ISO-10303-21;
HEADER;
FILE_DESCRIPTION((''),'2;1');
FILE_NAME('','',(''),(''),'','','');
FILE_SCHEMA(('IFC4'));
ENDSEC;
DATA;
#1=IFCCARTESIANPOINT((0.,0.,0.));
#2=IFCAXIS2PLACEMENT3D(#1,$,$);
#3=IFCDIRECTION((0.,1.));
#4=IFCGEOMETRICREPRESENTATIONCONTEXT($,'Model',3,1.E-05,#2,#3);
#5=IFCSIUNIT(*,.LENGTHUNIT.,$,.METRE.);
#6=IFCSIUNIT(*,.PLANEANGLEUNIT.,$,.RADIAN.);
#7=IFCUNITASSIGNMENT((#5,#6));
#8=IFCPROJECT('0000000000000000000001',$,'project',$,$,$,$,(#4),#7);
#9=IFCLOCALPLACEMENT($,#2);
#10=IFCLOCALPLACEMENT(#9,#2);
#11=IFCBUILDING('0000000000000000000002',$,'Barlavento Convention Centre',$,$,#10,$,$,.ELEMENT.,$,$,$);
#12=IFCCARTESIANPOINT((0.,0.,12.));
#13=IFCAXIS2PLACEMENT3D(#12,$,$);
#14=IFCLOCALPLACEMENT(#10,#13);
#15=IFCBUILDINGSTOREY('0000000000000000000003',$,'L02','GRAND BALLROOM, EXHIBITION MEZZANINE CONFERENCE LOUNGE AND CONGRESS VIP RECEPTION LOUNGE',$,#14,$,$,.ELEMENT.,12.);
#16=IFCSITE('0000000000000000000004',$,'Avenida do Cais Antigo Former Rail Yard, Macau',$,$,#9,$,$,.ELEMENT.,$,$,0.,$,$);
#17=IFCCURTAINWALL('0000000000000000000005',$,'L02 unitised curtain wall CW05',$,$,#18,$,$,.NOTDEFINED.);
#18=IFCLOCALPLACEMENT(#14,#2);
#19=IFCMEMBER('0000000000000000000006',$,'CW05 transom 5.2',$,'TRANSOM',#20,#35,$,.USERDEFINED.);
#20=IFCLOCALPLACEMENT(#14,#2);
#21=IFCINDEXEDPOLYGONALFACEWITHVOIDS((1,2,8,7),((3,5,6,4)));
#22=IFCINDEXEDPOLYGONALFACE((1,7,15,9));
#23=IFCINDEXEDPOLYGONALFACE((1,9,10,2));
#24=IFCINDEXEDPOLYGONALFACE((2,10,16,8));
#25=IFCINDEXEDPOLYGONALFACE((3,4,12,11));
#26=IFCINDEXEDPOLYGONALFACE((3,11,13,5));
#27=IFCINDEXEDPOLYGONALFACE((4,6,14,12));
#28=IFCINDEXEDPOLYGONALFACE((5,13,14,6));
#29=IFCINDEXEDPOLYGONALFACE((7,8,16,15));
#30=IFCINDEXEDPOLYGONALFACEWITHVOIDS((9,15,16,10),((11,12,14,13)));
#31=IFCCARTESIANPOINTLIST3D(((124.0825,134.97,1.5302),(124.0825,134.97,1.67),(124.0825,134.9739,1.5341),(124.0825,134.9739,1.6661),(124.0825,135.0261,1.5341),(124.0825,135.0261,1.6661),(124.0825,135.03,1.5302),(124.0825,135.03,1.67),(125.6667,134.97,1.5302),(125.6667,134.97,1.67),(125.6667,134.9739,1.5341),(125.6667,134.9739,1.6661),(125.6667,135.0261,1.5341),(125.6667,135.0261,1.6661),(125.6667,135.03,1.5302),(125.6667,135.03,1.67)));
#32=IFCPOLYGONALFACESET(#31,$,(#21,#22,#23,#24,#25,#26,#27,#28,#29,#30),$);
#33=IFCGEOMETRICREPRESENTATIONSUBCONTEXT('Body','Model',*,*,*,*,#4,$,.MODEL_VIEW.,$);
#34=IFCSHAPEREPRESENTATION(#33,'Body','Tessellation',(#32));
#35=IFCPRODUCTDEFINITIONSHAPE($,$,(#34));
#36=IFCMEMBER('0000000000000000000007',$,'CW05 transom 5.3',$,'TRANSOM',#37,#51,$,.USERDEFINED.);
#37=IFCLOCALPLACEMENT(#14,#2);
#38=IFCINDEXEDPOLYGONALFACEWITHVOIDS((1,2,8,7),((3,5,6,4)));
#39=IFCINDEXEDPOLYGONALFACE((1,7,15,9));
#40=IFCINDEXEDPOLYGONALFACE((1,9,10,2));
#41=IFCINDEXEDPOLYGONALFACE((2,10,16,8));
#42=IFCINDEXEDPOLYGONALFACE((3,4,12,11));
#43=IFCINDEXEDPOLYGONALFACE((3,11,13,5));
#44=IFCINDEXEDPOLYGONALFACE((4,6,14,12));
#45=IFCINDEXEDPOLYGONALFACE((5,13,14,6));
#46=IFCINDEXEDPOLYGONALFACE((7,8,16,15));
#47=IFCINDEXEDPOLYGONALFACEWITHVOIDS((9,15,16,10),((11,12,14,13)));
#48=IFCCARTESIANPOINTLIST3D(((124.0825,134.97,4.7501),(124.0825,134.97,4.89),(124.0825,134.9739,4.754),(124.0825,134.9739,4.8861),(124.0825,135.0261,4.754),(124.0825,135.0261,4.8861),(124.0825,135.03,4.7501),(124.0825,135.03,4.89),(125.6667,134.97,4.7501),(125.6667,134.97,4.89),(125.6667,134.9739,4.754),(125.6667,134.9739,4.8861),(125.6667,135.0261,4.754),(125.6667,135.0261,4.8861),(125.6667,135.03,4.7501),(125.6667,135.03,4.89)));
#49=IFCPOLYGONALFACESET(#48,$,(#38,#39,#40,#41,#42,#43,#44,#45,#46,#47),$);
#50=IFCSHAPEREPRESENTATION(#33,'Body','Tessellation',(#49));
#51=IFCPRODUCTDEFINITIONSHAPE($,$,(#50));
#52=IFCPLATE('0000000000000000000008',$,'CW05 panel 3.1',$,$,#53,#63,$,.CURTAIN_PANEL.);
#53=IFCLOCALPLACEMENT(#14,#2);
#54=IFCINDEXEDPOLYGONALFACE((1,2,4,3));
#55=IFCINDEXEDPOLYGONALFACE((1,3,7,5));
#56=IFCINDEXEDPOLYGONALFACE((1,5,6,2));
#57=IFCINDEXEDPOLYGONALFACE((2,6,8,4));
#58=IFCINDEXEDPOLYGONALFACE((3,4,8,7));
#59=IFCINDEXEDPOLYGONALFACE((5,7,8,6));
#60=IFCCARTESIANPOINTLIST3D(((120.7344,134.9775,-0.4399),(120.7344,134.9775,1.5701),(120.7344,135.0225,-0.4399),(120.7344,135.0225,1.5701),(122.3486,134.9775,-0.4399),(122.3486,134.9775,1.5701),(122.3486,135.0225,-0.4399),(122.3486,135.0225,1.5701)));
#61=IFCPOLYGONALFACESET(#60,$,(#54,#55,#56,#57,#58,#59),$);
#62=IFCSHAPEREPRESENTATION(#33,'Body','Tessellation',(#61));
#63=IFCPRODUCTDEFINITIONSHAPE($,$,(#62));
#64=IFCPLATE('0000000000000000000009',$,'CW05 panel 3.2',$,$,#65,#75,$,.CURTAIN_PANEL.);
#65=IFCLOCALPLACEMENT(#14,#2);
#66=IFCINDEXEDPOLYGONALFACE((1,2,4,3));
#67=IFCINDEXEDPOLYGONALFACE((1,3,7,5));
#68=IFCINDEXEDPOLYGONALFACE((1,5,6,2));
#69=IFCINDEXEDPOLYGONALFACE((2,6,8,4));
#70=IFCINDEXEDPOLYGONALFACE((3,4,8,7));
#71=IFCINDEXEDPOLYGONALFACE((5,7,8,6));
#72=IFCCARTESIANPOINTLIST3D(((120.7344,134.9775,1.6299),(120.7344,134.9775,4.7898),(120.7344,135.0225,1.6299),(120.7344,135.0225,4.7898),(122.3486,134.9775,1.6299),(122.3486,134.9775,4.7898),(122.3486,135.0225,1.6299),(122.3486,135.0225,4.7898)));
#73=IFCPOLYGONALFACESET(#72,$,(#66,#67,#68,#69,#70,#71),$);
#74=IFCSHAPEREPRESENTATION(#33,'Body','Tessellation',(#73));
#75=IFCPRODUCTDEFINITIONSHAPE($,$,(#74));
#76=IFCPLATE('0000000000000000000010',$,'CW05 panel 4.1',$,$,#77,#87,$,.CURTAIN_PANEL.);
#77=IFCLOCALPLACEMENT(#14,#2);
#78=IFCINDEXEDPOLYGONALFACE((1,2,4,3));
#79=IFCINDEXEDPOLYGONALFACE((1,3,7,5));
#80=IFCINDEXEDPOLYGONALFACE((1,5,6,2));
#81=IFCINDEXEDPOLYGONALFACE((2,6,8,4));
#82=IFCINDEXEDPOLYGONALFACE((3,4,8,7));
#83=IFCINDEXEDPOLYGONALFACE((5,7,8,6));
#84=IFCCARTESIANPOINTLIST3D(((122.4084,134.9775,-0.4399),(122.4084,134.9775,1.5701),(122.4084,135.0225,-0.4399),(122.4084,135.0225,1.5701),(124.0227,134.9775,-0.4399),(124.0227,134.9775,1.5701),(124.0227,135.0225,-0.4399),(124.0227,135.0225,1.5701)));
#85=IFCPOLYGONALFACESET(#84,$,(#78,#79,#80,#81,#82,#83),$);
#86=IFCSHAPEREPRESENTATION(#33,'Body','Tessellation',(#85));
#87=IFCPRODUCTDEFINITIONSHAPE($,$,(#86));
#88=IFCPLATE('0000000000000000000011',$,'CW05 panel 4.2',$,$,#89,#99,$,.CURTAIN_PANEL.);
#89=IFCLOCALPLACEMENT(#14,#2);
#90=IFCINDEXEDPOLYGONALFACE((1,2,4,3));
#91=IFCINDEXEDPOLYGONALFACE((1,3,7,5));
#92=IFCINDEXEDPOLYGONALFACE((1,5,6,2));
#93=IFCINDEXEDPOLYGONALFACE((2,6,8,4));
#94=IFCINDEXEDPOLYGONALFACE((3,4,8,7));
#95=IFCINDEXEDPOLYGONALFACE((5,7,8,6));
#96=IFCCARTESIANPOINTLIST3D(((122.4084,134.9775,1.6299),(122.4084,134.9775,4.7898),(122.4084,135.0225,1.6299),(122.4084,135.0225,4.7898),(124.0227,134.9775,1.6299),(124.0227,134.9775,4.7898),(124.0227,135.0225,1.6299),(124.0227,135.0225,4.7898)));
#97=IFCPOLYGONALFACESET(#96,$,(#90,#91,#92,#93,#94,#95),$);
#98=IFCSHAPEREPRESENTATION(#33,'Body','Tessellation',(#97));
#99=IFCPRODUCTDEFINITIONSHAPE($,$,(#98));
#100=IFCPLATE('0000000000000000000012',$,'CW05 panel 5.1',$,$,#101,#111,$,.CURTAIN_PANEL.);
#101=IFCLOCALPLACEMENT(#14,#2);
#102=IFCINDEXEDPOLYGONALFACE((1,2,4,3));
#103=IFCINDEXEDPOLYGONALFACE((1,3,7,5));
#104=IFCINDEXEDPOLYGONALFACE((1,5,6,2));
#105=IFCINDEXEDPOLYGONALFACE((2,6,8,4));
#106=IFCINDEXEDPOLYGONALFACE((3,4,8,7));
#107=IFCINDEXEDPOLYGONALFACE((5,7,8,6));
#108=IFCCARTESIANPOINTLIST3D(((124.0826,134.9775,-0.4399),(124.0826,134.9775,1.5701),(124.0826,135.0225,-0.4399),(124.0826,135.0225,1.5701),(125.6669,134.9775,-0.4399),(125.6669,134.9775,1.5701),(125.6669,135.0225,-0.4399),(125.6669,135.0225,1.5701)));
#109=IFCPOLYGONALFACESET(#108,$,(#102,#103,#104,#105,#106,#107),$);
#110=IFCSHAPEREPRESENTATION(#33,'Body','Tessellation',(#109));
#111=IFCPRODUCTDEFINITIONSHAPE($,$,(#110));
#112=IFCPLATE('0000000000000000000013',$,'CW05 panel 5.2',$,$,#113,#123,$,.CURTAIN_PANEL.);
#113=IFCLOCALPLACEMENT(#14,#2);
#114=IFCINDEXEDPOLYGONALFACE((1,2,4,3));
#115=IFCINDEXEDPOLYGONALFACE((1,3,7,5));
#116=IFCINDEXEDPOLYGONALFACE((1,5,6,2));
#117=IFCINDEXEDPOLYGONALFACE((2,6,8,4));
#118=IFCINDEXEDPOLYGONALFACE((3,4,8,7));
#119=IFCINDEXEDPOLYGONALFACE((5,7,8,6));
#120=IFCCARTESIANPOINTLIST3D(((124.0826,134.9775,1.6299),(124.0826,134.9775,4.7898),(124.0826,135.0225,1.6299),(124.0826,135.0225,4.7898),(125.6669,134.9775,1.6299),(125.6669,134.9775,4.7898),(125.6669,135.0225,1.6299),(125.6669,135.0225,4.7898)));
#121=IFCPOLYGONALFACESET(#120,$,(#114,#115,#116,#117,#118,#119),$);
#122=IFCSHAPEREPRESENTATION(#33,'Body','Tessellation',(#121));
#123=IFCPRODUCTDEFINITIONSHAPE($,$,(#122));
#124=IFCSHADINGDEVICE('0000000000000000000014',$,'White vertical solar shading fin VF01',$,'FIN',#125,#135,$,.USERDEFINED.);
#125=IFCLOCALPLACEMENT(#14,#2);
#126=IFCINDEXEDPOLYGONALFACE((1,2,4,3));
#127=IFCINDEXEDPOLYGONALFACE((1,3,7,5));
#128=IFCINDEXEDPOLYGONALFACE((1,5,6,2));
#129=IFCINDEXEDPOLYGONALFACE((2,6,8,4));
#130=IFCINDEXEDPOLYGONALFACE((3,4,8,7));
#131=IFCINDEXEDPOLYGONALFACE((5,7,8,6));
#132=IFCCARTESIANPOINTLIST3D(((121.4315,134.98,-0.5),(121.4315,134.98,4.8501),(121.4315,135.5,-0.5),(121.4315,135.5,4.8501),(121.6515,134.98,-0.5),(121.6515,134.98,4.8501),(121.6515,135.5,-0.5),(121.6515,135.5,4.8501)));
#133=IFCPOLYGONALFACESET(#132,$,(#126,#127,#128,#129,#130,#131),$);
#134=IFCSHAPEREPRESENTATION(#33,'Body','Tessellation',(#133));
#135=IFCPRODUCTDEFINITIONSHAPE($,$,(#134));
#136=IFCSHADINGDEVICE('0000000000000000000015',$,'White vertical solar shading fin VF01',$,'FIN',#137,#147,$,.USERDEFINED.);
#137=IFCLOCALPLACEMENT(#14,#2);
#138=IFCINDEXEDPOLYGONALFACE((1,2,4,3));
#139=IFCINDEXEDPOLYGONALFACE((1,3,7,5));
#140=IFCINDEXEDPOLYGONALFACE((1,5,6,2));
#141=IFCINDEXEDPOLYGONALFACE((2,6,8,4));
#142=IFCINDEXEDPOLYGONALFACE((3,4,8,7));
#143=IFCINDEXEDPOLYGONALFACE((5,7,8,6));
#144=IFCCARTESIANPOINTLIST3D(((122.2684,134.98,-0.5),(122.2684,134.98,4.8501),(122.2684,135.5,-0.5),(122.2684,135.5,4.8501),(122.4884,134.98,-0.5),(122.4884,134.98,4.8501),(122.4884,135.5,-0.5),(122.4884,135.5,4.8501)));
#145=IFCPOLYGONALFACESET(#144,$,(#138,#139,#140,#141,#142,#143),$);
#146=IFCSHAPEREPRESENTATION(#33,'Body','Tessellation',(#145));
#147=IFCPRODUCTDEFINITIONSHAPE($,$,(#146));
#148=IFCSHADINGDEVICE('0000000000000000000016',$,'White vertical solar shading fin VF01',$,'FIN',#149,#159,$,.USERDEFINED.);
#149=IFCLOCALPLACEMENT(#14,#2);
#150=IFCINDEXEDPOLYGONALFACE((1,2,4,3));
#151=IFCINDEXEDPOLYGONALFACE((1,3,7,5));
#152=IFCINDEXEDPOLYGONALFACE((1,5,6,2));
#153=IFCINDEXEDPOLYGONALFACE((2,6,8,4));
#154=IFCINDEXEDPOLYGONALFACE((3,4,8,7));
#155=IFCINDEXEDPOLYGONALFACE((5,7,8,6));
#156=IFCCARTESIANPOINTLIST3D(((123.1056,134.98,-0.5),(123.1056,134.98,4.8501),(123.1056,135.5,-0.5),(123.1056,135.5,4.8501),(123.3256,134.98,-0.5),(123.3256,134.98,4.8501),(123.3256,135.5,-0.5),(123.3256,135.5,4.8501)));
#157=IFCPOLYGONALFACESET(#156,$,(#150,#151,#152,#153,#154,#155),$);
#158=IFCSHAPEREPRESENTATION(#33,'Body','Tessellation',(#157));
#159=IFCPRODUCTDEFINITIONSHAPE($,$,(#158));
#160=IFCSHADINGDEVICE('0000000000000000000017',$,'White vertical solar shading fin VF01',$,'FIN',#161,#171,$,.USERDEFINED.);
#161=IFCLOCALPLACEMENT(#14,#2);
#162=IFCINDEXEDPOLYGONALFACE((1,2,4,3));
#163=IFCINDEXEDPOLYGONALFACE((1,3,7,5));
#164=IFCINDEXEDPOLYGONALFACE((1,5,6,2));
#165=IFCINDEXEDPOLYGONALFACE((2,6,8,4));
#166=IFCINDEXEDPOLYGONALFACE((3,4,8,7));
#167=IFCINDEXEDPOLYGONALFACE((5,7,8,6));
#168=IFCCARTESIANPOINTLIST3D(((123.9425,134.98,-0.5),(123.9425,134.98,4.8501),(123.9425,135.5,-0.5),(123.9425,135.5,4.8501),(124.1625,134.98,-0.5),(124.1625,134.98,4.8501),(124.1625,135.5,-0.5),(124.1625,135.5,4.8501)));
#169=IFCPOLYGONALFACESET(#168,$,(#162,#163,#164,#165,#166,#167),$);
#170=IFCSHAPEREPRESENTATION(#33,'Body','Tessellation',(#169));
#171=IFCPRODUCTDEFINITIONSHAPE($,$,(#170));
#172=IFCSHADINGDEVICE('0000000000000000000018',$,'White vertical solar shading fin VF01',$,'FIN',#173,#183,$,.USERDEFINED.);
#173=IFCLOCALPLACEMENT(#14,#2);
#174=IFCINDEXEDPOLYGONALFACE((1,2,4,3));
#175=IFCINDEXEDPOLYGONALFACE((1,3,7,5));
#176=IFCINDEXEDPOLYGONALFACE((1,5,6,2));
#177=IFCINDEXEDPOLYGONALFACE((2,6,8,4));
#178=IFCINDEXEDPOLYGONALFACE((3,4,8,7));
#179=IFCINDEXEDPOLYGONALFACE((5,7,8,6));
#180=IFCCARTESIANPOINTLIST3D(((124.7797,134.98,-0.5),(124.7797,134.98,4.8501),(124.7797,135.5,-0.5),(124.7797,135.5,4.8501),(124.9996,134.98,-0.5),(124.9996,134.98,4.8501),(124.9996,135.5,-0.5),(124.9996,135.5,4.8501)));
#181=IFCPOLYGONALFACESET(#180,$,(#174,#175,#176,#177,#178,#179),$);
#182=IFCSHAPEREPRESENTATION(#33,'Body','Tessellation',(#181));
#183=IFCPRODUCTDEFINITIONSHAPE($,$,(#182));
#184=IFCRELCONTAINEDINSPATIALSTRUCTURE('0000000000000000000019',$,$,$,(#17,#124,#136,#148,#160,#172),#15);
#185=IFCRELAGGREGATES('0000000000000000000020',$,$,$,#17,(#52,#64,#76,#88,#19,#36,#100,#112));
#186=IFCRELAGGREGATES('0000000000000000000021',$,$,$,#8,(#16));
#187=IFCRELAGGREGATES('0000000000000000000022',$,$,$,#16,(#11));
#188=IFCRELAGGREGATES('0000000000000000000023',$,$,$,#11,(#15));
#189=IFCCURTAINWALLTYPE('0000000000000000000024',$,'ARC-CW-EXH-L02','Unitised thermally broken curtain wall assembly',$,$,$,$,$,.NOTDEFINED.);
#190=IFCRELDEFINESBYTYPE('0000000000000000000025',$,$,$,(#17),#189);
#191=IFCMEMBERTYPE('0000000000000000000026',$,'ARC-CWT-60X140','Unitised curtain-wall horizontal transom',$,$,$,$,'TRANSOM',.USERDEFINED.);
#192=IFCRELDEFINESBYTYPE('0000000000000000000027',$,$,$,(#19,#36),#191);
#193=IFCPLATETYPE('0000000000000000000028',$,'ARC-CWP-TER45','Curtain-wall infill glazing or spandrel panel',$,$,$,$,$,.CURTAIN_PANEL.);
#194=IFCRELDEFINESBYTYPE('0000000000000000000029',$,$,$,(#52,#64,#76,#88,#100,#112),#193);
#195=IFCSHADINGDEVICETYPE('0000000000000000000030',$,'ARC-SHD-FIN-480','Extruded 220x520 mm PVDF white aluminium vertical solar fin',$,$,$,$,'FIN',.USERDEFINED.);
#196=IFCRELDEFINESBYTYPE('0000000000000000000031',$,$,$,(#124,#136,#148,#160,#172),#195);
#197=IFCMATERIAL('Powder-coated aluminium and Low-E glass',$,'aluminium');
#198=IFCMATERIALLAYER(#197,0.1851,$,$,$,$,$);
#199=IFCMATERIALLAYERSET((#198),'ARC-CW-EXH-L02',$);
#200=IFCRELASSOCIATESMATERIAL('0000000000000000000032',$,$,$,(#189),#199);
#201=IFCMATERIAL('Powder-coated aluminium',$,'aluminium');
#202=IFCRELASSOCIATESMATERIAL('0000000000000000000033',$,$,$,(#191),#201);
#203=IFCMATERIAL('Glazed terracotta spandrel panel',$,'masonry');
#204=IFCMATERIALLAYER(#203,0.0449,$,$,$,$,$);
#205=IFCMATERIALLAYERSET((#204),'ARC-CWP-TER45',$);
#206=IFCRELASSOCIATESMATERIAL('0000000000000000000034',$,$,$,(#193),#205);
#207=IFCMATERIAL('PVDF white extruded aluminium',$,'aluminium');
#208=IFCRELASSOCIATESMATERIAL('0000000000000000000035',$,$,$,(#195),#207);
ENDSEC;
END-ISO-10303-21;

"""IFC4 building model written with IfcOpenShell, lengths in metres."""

from ifc_helpers import new_model, si_unit, direction, frame, origin, origin_2d, place, context, subcontext, project, spatial, rectangle, hollow_rectangle, extrude, material, layer, layer_set, material_profile, profile_set, type_object, element, aggregate, save


model = new_model("IFC4")

# Units and contexts
model_context = context("Model", 3, precision=1e-05, world=origin(), true_north=direction((0.0, 1.0)))
body_context = subcontext(model_context, "Body", "Model", "MODEL_VIEW")
ifc_project = project(units=[si_unit("LENGTHUNIT", "METRE"), si_unit("PLANEANGLEUNIT", "RADIAN")], contexts=[model_context])

# Site, building, storey
site_placement = place(None, origin())
site = spatial("IfcSite", under=ifc_project, at=site_placement, Name="Avenida do Cais Antigo Former Rail Yard, Macau", CompositionType="ELEMENT", RefElevation=0.0)
building_placement = place(site_placement, origin())
building = spatial("IfcBuilding", under=site, at=building_placement, Name="Barlavento Convention Centre", CompositionType="ELEMENT")
storey_placement = place(building_placement, frame((0.0, 0.0, 12.0)))
storey = spatial("IfcBuildingStorey", under=building, at=storey_placement, Name="L02", Description="GRAND BALLROOM, EXHIBITION MEZZANINE CONFERENCE LOUNGE AND CONGRESS VIP RECEPTION LOUNGE", CompositionType="ELEMENT", Elevation=12.0)

# Curtain wall, members, plates
ifc_material_1 = material(Name="Powder-coated aluminium and Low-E glass", Category="aluminium")
ifc_layer_1 = layer(ifc_material_1, 0.1851)
ifc_layer_set_1 = layer_set([ifc_layer_1], Name="ARC-CW-EXH-L02")
curtain_wall_type = type_object("IfcCurtainWallType", Name="ARC-CW-EXH-L02", Description="Unitised thermally broken curtain wall assembly", PredefinedType="NOTDEFINED", material=ifc_layer_set_1)
curtain_wall_placement = place(storey_placement, origin())
curtain_wall = element("IfcCurtainWall", 1, at=curtain_wall_placement, inside=storey, type_object=curtain_wall_type, Name="L02 unitised curtain wall CW05", PredefinedType="NOTDEFINED")
ifc_material_2 = material(Name="Powder-coated aluminium", Category="aluminium")
ifc_material_profile_1 = material_profile(ifc_material_2, hollow_rectangle(XDim=0.0601, YDim=0.1399, WallThickness=0.0039, at=origin_2d()), Name="AL-TRAN 60x140x4")
ifc_profile_set_1 = profile_set([ifc_material_profile_1], Name="Powder-coated aluminium")
member_type_1 = type_object("IfcMemberType", Name="ARC-CWT-60X140", Description="Unitised curtain-wall horizontal transom", ElementType="TRANSOM", PredefinedType="USERDEFINED", material=ifc_profile_set_1)
member_1_placement = place(storey_placement, frame((124.0825, 135.0, 1.6001), z_axis=(1.0, 0.0, 0.0), x_axis=(0.0, 1.0, 0.0)))
member_1 = element("IfcMember", 2, at=member_1_placement, type_object=member_type_1, Name="CW05 transom 5.2", ObjectType="TRANSOM", PredefinedType="USERDEFINED", context=body_context, shape_type="SweptSolid", body=[
    extrude(hollow_rectangle(XDim=0.0601, YDim=0.1399, WallThickness=0.0039, at=origin_2d()), origin(), (0.0, 0.0, 1.0), 1.5842),
])
member_2_placement = place(storey_placement, frame((124.0825, 135.0, 4.8201), z_axis=(1.0, 0.0, 0.0), x_axis=(0.0, 1.0, 0.0)))
member_2 = element("IfcMember", 3, at=member_2_placement, type_object=member_type_1, Name="CW05 transom 5.3", ObjectType="TRANSOM", PredefinedType="USERDEFINED", context=body_context, shape_type="SweptSolid", body=[
    extrude(hollow_rectangle(XDim=0.0601, YDim=0.1399, WallThickness=0.0039, at=origin_2d()), origin(), (0.0, 0.0, 1.0), 1.5842),
])
ifc_material_3 = material(Name="Glazed terracotta spandrel panel", Category="masonry")
ifc_layer_2 = layer(ifc_material_3, 0.0449)
ifc_layer_set_2 = layer_set([ifc_layer_2], Name="ARC-CWP-TER45")
plate_type = type_object("IfcPlateType", Name="ARC-CWP-TER45", Description="Curtain-wall infill glazing or spandrel panel", PredefinedType="CURTAIN_PANEL", material=ifc_layer_set_2)
plate_1_placement = place(storey_placement, frame((121.5415, 135.0, -0.4399), z_axis=(0.0, 0.0, 1.0), x_axis=(1.0, 0.0, 0.0)))
plate_1 = element("IfcPlate", 4, at=plate_1_placement, type_object=plate_type, Name="CW05 panel 3.1", PredefinedType="CURTAIN_PANEL", context=body_context, shape_type="SweptSolid", body=[
    extrude(rectangle(XDim=1.6143, YDim=0.0449, at=origin_2d()), origin(), (0.0, 0.0, 1.0), 2.01),
])
plate_2_placement = place(storey_placement, frame((121.5415, 135.0, 1.6299), z_axis=(0.0, 0.0, 1.0), x_axis=(1.0, 0.0, 0.0)))
plate_2 = element("IfcPlate", 5, at=plate_2_placement, type_object=plate_type, Name="CW05 panel 3.2", PredefinedType="CURTAIN_PANEL", context=body_context, shape_type="SweptSolid", body=[
    extrude(rectangle(XDim=1.6143, YDim=0.0449, at=origin_2d()), origin(), (0.0, 0.0, 1.0), 3.1599),
])
plate_3_placement = place(storey_placement, frame((123.2156, 135.0, -0.4399), z_axis=(0.0, 0.0, 1.0), x_axis=(1.0, 0.0, 0.0)))
plate_3 = element("IfcPlate", 6, at=plate_3_placement, type_object=plate_type, Name="CW05 panel 4.1", PredefinedType="CURTAIN_PANEL", context=body_context, shape_type="SweptSolid", body=[
    extrude(rectangle(XDim=1.6143, YDim=0.0449, at=origin_2d()), origin(), (0.0, 0.0, 1.0), 2.01),
])
plate_4_placement = place(storey_placement, frame((123.2156, 135.0, 1.6299), z_axis=(0.0, 0.0, 1.0), x_axis=(1.0, 0.0, 0.0)))
plate_4 = element("IfcPlate", 7, at=plate_4_placement, type_object=plate_type, Name="CW05 panel 4.2", PredefinedType="CURTAIN_PANEL", context=body_context, shape_type="SweptSolid", body=[
    extrude(rectangle(XDim=1.6143, YDim=0.0449, at=origin_2d()), origin(), (0.0, 0.0, 1.0), 3.1599),
])
plate_5_placement = place(storey_placement, frame((124.8748, 135.0, -0.4399), z_axis=(0.0, 0.0, 1.0), x_axis=(1.0, 0.0, 0.0)))
plate_5 = element("IfcPlate", 8, at=plate_5_placement, type_object=plate_type, Name="CW05 panel 5.1", PredefinedType="CURTAIN_PANEL", context=body_context, shape_type="SweptSolid", body=[
    extrude(rectangle(XDim=1.5842, YDim=0.0449, at=origin_2d()), origin(), (0.0, 0.0, 1.0), 2.01),
])
plate_6_placement = place(storey_placement, frame((124.8748, 135.0, 1.6299), z_axis=(0.0, 0.0, 1.0), x_axis=(1.0, 0.0, 0.0)))
plate_6 = element("IfcPlate", 9, at=plate_6_placement, type_object=plate_type, Name="CW05 panel 5.2", PredefinedType="CURTAIN_PANEL", context=body_context, shape_type="SweptSolid", body=[
    extrude(rectangle(XDim=1.5842, YDim=0.0449, at=origin_2d()), origin(), (0.0, 0.0, 1.0), 3.1599),
])
aggregate(curtain_wall, [plate_1, plate_2, plate_3, plate_4, member_1, member_2, plate_5, plate_6])

# Shading devices
ifc_material_4 = material(Name="PVDF white extruded aluminium", Category="aluminium")
shading_device_type = type_object("IfcShadingDeviceType", Name="ARC-SHD-FIN-480", Description="Extruded 220x520 mm PVDF white aluminium vertical solar fin", ElementType="FIN", PredefinedType="USERDEFINED", material=ifc_material_4)
for number, where, z_axis, x_axis, name in (
    (10, (121.5415, 135.24, -0.5), (0.0, 0.0, 1.0), (1.0, 0.0, 0.0), "White vertical solar shading fin VF01"),
    (11, (122.3784, 135.24, -0.5), (0.0, 0.0, 1.0), (1.0, 0.0, 0.0), "White vertical solar shading fin VF01"),
    (12, (123.2156, 135.24, -0.5), (0.0, 0.0, 1.0), (1.0, 0.0, 0.0), "White vertical solar shading fin VF01"),
    (13, (124.0525, 135.24, -0.5), (0.0, 0.0, 1.0), (1.0, 0.0, 0.0), "White vertical solar shading fin VF01"),
    (14, (124.8896, 135.24, -0.5), (0.0, 0.0, 1.0), (1.0, 0.0, 0.0), "White vertical solar shading fin VF01"),
):
    element("IfcShadingDevice", number, at=place(storey_placement, frame(where, z_axis=z_axis, x_axis=x_axis)), inside=storey, type_object=shading_device_type, Name=name, ObjectType="FIN", PredefinedType="USERDEFINED", context=body_context, shape_type="SweptSolid", body=[
        extrude(rectangle(XDim=0.22, YDim=0.52, at=origin_2d()), origin(), (0.0, 0.0, 1.0), 5.3501),
    ])

save(model, "model.ifc")
